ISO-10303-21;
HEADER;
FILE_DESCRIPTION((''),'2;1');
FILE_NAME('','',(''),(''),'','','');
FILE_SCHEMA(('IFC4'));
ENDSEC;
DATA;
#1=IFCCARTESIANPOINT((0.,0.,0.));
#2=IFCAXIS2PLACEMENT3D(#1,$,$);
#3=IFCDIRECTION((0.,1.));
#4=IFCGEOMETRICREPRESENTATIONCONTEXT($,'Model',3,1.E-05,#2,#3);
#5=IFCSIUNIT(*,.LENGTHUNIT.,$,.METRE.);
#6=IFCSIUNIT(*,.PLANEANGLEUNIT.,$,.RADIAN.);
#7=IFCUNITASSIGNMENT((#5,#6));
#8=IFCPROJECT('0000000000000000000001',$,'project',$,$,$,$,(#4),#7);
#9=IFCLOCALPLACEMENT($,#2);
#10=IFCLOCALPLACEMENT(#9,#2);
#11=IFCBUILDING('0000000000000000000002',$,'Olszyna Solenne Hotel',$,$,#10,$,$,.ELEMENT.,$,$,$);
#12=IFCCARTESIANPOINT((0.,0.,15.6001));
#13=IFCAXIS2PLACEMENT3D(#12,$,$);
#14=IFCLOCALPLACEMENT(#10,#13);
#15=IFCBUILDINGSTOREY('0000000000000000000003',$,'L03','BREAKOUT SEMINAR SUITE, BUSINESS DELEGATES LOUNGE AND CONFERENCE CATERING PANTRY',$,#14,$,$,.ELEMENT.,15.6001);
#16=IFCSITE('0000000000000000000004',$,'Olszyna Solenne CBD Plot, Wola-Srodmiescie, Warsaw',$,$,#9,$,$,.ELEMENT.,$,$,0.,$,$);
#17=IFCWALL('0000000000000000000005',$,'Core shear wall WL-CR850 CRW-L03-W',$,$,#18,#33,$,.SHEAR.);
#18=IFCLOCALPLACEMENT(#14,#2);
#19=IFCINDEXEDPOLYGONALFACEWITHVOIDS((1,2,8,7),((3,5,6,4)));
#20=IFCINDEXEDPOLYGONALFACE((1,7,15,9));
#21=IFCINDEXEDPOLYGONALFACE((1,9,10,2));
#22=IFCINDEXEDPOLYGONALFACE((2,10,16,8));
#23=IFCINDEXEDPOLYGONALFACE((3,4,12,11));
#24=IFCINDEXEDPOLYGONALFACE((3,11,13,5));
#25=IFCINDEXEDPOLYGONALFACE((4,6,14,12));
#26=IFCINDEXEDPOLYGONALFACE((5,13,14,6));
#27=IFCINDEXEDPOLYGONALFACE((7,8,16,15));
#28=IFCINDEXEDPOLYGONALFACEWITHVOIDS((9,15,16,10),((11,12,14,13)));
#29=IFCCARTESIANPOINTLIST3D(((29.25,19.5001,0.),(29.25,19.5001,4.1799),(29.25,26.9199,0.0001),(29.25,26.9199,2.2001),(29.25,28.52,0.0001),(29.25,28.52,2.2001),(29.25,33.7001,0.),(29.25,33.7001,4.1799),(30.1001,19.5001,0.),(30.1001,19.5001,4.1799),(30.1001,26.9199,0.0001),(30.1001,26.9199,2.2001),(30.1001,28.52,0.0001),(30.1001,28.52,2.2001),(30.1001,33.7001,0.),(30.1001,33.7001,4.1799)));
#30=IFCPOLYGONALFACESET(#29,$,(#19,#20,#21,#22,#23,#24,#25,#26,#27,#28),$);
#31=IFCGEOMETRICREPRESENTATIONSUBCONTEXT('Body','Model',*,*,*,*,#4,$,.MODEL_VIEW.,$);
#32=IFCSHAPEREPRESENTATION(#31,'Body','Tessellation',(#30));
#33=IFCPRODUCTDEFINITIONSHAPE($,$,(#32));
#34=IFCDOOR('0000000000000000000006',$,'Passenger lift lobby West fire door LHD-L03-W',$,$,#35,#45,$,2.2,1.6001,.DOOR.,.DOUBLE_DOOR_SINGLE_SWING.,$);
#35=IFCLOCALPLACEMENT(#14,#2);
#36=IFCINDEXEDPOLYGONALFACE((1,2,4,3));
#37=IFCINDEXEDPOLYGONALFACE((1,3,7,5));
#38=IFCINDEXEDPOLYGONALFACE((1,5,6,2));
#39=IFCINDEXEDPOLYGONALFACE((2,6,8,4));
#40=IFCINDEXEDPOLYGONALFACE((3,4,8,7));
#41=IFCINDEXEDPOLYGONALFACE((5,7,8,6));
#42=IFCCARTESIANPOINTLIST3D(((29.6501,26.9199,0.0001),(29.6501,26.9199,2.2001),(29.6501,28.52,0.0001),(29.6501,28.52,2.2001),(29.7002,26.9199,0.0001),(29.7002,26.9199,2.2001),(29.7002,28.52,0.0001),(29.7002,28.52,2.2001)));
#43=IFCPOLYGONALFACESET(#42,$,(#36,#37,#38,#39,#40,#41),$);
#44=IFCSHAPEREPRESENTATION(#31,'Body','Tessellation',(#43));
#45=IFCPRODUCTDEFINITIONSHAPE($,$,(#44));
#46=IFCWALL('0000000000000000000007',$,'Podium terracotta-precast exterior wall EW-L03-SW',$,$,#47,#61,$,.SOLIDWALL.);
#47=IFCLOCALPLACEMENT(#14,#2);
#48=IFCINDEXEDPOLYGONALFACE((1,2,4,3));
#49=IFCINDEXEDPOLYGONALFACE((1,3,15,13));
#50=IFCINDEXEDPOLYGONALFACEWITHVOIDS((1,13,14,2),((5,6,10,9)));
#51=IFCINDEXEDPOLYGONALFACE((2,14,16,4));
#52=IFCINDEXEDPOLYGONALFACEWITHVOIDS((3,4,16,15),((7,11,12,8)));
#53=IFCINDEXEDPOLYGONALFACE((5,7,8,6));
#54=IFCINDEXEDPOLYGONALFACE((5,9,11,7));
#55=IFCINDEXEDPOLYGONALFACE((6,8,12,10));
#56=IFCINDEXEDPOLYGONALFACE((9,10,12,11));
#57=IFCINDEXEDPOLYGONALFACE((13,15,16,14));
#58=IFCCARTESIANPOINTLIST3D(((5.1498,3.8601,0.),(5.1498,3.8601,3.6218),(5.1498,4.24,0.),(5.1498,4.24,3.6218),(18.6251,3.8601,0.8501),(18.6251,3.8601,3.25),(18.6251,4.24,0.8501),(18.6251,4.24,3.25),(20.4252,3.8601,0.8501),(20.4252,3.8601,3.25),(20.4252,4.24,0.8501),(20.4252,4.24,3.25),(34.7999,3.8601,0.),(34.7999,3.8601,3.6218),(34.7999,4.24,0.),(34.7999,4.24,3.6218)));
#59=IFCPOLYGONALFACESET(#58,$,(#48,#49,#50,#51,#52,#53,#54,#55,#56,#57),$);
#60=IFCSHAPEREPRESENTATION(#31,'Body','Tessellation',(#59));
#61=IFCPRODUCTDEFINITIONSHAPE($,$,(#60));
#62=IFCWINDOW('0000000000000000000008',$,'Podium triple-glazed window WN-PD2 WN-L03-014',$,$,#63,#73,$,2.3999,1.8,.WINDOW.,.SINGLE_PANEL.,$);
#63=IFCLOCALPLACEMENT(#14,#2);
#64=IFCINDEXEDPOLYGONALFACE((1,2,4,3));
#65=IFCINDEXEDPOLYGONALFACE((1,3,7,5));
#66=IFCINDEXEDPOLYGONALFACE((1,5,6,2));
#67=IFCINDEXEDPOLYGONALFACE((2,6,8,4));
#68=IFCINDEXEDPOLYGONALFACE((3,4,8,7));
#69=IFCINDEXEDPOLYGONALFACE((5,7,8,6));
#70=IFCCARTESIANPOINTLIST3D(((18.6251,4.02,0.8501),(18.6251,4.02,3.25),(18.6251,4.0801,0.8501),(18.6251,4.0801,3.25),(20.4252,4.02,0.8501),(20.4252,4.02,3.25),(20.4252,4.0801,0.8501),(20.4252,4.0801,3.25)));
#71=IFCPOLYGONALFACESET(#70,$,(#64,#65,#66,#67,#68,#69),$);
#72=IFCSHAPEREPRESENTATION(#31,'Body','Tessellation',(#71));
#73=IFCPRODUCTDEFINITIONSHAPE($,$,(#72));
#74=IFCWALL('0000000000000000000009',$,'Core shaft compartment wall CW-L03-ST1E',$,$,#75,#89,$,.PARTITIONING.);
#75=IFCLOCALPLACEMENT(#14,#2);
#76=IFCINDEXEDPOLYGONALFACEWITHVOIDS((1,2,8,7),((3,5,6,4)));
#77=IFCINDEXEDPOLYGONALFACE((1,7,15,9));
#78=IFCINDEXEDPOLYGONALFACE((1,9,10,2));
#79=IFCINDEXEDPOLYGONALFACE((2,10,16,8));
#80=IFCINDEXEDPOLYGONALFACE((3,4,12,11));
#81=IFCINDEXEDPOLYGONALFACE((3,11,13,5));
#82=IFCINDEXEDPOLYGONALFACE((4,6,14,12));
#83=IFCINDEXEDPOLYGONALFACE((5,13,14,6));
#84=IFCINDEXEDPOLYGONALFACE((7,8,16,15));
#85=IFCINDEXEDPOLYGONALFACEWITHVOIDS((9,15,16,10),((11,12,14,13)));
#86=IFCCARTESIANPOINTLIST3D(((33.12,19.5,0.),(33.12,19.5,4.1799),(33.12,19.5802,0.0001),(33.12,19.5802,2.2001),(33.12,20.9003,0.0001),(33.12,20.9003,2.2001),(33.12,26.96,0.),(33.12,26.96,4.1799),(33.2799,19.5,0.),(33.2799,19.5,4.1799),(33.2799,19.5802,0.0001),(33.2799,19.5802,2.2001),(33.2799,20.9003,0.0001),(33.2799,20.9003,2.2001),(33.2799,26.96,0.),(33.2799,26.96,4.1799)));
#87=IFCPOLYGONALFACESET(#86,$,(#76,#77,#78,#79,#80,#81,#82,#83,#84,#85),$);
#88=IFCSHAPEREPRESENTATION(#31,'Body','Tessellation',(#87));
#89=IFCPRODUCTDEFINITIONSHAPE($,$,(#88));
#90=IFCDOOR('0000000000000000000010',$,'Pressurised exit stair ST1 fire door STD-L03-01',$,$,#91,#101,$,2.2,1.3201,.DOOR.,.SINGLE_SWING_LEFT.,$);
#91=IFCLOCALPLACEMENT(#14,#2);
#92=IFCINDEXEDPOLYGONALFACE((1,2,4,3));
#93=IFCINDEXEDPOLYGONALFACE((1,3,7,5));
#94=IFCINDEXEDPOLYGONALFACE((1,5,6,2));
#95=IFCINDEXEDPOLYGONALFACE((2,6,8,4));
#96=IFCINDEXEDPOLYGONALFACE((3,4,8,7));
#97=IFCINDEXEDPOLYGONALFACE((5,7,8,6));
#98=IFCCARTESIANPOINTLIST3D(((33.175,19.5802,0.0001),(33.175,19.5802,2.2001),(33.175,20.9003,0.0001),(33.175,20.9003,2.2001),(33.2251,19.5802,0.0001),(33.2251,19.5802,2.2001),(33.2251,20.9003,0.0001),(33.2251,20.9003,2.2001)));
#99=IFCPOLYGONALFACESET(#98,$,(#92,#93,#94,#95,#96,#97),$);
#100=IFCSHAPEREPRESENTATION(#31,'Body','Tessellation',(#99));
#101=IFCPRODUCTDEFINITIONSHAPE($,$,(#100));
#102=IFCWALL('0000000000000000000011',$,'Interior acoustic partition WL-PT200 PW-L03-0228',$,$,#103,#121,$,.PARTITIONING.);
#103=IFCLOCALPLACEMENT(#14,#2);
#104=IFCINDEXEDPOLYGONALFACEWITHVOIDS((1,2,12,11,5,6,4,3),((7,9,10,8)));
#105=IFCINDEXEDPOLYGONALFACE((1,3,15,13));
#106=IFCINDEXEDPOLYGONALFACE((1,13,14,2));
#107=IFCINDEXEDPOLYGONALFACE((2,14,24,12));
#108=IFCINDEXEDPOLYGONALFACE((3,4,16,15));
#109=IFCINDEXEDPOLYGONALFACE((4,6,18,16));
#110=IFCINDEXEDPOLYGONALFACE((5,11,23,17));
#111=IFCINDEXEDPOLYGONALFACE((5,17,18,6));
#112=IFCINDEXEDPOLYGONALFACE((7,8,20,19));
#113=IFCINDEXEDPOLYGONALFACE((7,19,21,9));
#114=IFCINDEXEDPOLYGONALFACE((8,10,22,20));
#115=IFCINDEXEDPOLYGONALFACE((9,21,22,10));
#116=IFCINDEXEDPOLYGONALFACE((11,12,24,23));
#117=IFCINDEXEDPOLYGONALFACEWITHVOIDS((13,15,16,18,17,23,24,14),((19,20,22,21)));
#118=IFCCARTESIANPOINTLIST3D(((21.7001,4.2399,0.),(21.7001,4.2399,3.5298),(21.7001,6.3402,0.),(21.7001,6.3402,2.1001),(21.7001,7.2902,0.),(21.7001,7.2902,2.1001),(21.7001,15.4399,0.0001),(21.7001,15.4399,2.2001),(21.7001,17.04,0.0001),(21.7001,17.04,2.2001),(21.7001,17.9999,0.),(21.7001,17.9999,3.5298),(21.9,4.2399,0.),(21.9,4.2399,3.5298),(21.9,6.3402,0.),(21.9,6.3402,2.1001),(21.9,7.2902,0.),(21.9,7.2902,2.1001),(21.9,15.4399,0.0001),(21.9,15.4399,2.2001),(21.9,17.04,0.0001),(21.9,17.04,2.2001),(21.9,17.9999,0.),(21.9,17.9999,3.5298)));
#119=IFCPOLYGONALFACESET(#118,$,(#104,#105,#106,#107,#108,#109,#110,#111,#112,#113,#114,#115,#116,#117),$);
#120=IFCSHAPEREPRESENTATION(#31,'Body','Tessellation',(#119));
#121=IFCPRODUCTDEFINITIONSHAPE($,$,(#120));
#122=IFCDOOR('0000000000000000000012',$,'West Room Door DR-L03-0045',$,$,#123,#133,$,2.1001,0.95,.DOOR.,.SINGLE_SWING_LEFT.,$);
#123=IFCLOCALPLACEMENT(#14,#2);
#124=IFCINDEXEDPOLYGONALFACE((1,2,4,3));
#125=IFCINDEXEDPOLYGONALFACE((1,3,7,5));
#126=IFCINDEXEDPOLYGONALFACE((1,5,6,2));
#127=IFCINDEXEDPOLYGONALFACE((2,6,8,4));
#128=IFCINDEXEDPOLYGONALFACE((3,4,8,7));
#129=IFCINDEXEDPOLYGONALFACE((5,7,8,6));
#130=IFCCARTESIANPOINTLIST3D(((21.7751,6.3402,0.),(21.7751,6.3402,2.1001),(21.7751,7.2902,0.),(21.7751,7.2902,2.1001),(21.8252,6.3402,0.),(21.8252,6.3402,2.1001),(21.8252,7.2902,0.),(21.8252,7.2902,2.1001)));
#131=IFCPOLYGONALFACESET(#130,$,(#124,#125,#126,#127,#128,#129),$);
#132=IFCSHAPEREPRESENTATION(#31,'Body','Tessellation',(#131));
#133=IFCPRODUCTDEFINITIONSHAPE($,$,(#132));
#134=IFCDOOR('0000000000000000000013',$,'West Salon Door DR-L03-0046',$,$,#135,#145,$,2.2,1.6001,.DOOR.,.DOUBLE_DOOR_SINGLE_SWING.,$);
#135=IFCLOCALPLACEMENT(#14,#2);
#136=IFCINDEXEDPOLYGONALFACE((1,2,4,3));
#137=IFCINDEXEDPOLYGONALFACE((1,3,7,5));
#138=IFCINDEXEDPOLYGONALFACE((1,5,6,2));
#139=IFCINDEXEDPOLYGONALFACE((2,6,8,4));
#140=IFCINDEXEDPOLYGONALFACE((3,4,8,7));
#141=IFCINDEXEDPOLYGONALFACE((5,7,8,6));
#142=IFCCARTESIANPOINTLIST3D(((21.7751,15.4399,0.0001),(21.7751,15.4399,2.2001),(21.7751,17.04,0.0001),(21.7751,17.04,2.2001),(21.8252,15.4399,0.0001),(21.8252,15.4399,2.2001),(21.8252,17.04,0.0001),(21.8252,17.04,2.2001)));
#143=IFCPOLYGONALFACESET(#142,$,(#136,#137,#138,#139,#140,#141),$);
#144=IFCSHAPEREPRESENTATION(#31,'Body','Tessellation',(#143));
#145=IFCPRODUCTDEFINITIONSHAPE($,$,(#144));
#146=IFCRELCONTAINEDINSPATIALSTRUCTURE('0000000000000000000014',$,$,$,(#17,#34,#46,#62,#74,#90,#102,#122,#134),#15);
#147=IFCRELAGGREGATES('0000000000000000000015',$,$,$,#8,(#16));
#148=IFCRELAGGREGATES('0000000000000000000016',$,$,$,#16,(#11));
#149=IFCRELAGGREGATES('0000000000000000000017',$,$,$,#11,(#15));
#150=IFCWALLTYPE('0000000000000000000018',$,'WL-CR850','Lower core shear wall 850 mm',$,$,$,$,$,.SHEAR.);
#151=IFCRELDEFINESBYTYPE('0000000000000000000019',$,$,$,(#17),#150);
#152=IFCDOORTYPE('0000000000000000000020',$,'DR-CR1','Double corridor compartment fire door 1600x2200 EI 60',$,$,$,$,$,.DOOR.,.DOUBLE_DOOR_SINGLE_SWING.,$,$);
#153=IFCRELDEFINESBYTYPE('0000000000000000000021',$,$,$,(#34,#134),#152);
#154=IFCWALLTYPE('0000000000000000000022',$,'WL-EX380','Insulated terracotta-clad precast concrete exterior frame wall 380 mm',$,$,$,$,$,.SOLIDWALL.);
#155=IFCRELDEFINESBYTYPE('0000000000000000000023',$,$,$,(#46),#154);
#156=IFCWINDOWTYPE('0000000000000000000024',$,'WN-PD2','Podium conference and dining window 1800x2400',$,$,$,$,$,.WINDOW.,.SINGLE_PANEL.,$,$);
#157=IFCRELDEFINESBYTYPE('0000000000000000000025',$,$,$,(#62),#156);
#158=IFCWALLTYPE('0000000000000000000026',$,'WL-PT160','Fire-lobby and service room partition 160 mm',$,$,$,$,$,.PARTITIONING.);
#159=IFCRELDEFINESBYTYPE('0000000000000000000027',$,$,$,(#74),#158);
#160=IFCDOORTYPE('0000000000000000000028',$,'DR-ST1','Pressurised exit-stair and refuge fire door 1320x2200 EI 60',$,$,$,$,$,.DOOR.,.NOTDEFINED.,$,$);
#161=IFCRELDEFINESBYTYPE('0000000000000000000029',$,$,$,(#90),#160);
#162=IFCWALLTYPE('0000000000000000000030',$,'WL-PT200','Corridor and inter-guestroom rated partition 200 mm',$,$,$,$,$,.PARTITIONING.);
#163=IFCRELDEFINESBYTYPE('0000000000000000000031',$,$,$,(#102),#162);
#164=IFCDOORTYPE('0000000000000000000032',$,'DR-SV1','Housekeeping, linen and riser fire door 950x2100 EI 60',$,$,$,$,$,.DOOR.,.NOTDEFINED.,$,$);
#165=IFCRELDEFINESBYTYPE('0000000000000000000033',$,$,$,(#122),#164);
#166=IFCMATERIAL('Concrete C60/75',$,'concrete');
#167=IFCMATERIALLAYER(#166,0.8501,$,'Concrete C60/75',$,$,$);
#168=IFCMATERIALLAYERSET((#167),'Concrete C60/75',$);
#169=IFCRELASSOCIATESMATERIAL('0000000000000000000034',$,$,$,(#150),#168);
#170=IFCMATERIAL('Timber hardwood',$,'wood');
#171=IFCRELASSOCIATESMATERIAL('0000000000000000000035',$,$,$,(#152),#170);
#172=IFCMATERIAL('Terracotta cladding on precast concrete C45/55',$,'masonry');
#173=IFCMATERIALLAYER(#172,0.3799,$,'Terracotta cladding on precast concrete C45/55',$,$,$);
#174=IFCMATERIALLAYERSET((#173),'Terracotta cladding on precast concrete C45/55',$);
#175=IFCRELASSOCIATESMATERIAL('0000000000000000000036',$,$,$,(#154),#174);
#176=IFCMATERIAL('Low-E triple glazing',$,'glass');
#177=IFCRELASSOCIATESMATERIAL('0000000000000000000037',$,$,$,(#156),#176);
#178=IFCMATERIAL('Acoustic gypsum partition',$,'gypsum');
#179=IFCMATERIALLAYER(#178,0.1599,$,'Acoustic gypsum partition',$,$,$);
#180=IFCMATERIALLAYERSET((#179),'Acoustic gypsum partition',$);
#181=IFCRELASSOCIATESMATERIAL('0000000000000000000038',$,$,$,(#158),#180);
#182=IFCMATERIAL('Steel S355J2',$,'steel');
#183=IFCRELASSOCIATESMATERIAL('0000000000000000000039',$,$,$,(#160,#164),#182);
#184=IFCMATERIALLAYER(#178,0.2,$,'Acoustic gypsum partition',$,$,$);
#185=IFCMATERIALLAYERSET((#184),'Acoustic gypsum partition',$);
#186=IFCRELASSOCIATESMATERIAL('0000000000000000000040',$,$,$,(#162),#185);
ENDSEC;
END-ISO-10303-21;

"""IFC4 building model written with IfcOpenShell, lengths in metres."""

from ifc_helpers import new_model, si_unit, direction, frame, frame_2d, origin, place, context, subcontext, project, spatial, rectangle, extrude, source, transform, mapped, material, layer, layer_set, type_object, type_shapes, element, fill, save


model = new_model("IFC4")

# Units and contexts
model_context = context("Model", 3, precision=1e-05, world=origin(), true_north=direction((0.0, 1.0)))
body_context = subcontext(model_context, "Body", "Model", "MODEL_VIEW")
ifc_project = project(units=[si_unit("LENGTHUNIT", "METRE"), si_unit("PLANEANGLEUNIT", "RADIAN")], contexts=[model_context])

# Site, building, storey
site_placement = place(None, origin())
site = spatial("IfcSite", under=ifc_project, at=site_placement, Name="Olszyna Solenne CBD Plot, Wola-Srodmiescie, Warsaw", CompositionType="ELEMENT", RefElevation=0.0)
building_placement = place(site_placement, origin())
building = spatial("IfcBuilding", under=site, at=building_placement, Name="Olszyna Solenne Hotel", CompositionType="ELEMENT")
storey_placement = place(building_placement, frame((0.0, 0.0, 15.6001)))
storey = spatial("IfcBuildingStorey", under=building, at=storey_placement, Name="L03", Description="BREAKOUT SEMINAR SUITE, BUSINESS DELEGATES LOUNGE AND CONFERENCE CATERING PANTRY", CompositionType="ELEMENT", Elevation=15.6001)

# Shared definitions
ifc_material_1 = material(Name="Concrete C60/75", Category="concrete")

# Shared definitions
ifc_material_2 = material(Name="Steel S355J2", Category="steel")

# Wall, opening, door
ifc_layer_1 = layer(ifc_material_1, 0.8501, Name="Concrete C60/75")
ifc_layer_set_1 = layer_set([ifc_layer_1], Name="Concrete C60/75")
wall_type_1 = type_object("IfcWallType", Name="WL-CR850", Description="Lower core shear wall 850 mm", PredefinedType="SHEAR", material=ifc_layer_set_1)
wall_1_placement = place(storey_placement, frame((29.675, 19.5, 0.0), z_axis=(0.0, 0.0, 1.0), x_axis=(0.0, 1.0, 0.0)))
wall_1 = element("IfcWall", 1, at=wall_1_placement, inside=storey, type_object=wall_type_1, Name="Core shear wall WL-CR850 CRW-L03-W", PredefinedType="SHEAR", context=body_context, shape_type="SweptSolid", body=[
    extrude(rectangle(XDim=14.2, YDim=0.8501, at=frame_2d((7.1001, 0.0))), origin(), (0.0, 0.0, 1.0), 4.1799),
])
opening_1_placement = place(wall_1_placement, frame((7.4199, 0.0, 0.0)))
opening_1 = element("IfcOpeningElement", 2, at=opening_1_placement, cuts=wall_1, PredefinedType="OPENING", context=body_context, shape_type="SweptSolid", body=[
    extrude(rectangle(XDim=1.6001, YDim=2.2, at=frame_2d((0.8, 1.1001))), frame((0.0, 0.4351, 0.0), z_axis=(0.0, -1.0, 0.0), x_axis=(1.0, 0.0, 0.0)), (0.0, 0.0, 1.0), 0.8701),
])
ifc_material_3 = material(Name="Timber hardwood", Category="wood")
door_type_1 = type_object("IfcDoorType", Name="DR-CR1", Description="Double corridor compartment fire door 1600x2200 EI 60", OperationType="DOUBLE_DOOR_SINGLE_SWING", PredefinedType="DOOR", material=ifc_material_3)
shared_shape_1 = source(origin(), body_context, "Body", "SweptSolid", [
    extrude(rectangle(XDim=1.6001, YDim=2.2, at=frame_2d((0.8, 1.1001))), frame((0.0, 0.0249, 0.0), z_axis=(0.0, -1.0, 0.0), x_axis=(1.0, 0.0, 0.0)), (0.0, 0.0, 1.0), 0.05),
])
type_shapes(door_type_1, [shared_shape_1])
door_1_placement = place(opening_1_placement, origin())
door_1 = element("IfcDoor", 3, at=door_1_placement, inside=storey, type_object=door_type_1, Name="Passenger lift lobby West fire door LHD-L03-W", OperationType="DOUBLE_DOOR_SINGLE_SWING", OverallHeight=2.2, OverallWidth=1.6001, PredefinedType="DOOR", context=body_context, shape_type="MappedRepresentation", body=[
    mapped(shared_shape_1, transform((0.0, 0.0, 0.0), x_axis=(1.0, 0.0, 0.0), y_axis=(0.0, 1.0, 0.0), z_axis=(0.0, 0.0, 1.0), scale=1.0)),
])
fill(opening_1, door_1)

# Wall, opening, window
ifc_material_4 = material(Name="Terracotta cladding on precast concrete C45/55", Category="masonry")
ifc_layer_2 = layer(ifc_material_4, 0.3799, Name="Terracotta cladding on precast concrete C45/55")
ifc_layer_set_2 = layer_set([ifc_layer_2], Name="Terracotta cladding on precast concrete C45/55")
wall_type_2 = type_object("IfcWallType", Name="WL-EX380", Description="Insulated terracotta-clad precast concrete exterior frame wall 380 mm", PredefinedType="SOLIDWALL", material=ifc_layer_set_2)
wall_2_placement = place(storey_placement, frame((34.8, 4.05, 0.0), z_axis=(0.0, 0.0, 1.0), x_axis=(-1.0, 0.0, 0.0)))
wall_2 = element("IfcWall", 4, at=wall_2_placement, inside=storey, type_object=wall_type_2, Name="Podium terracotta-precast exterior wall EW-L03-SW", PredefinedType="SOLIDWALL", context=body_context, shape_type="SweptSolid", body=[
    extrude(rectangle(XDim=29.6501, YDim=0.3799, at=frame_2d((14.8252, 0.0))), origin(), (0.0, 0.0, 1.0), 3.6218),
])
opening_2_placement = place(wall_2_placement, frame((14.375, 0.0, 0.8501)))
opening_2 = element("IfcOpeningElement", 5, at=opening_2_placement, cuts=wall_2, PredefinedType="OPENING", context=body_context, shape_type="SweptSolid", body=[
    extrude(rectangle(XDim=1.8, YDim=2.3999, at=frame_2d((0.8999, 1.2))), frame((0.0, 0.2, 0.0), z_axis=(0.0, -1.0, 0.0), x_axis=(1.0, 0.0, 0.0)), (0.0, 0.0, 1.0), 0.3999),
])
ifc_material_5 = material(Name="Low-E triple glazing", Category="glass")
window_type = type_object("IfcWindowType", Name="WN-PD2", Description="Podium conference and dining window 1800x2400", PartitioningType="SINGLE_PANEL", PredefinedType="WINDOW", material=ifc_material_5)
shared_shape_2 = source(origin(), body_context, "Body", "SweptSolid", [
    extrude(rectangle(XDim=1.8, YDim=2.3999, at=frame_2d((0.8999, 1.2))), frame((0.0, 0.03, 0.0), z_axis=(0.0, -1.0, 0.0), x_axis=(1.0, 0.0, 0.0)), (0.0, 0.0, 1.0), 0.0601),
])
type_shapes(window_type, [shared_shape_2])
window_placement = place(opening_2_placement, origin())
window = element("IfcWindow", 6, at=window_placement, inside=storey, type_object=window_type, Name="Podium triple-glazed window WN-PD2 WN-L03-014", OverallHeight=2.3999, OverallWidth=1.8, PartitioningType="SINGLE_PANEL", PredefinedType="WINDOW", context=body_context, shape_type="MappedRepresentation", body=[
    mapped(shared_shape_2, transform((0.0, 0.0, 0.0), x_axis=(1.0, 0.0, 0.0), y_axis=(0.0, 1.0, 0.0), z_axis=(0.0, 0.0, 1.0), scale=1.0)),
])
fill(opening_2, window)

# Wall, opening, door
ifc_material_6 = material(Name="Acoustic gypsum partition", Category="gypsum")
ifc_layer_3 = layer(ifc_material_6, 0.1599, Name="Acoustic gypsum partition")
ifc_layer_set_3 = layer_set([ifc_layer_3], Name="Acoustic gypsum partition")
wall_type_3 = type_object("IfcWallType", Name="WL-PT160", Description="Fire-lobby and service room partition 160 mm", PredefinedType="PARTITIONING", material=ifc_layer_set_3)
wall_3_placement = place(storey_placement, frame((33.2, 19.5, 0.0), z_axis=(0.0, 0.0, 1.0), x_axis=(0.0, 1.0, 0.0)))
wall_3 = element("IfcWall", 7, at=wall_3_placement, inside=storey, type_object=wall_type_3, Name="Core shaft compartment wall CW-L03-ST1E", PredefinedType="PARTITIONING", context=body_context, shape_type="SweptSolid", body=[
    extrude(rectangle(XDim=7.46, YDim=0.1599, at=frame_2d((3.73, 0.0))), origin(), (0.0, 0.0, 1.0), 4.1799),
])
opening_3_placement = place(wall_3_placement, frame((0.0801, 0.0, 0.0)))
opening_3 = element("IfcOpeningElement", 8, at=opening_3_placement, cuts=wall_3, PredefinedType="OPENING", context=body_context, shape_type="SweptSolid", body=[
    extrude(rectangle(XDim=1.3201, YDim=2.2, at=frame_2d((0.6602, 1.1001))), frame((0.0, 0.0898, 0.0), z_axis=(0.0, -1.0, 0.0), x_axis=(1.0, 0.0, 0.0)), (0.0, 0.0, 1.0), 0.1799),
])
door_type_2 = type_object("IfcDoorType", Name="DR-ST1", Description="Pressurised exit-stair and refuge fire door 1320x2200 EI 60", OperationType="NOTDEFINED", PredefinedType="DOOR", material=ifc_material_2)
shared_shape_3 = source(origin(), body_context, "Body", "SweptSolid", [
    extrude(rectangle(XDim=1.3201, YDim=2.2, at=frame_2d((0.6602, 1.1001))), frame((0.0, 0.0249, 0.0), z_axis=(0.0, -1.0, 0.0), x_axis=(1.0, 0.0, 0.0)), (0.0, 0.0, 1.0), 0.05),
])
type_shapes(door_type_2, [shared_shape_3])
door_2_placement = place(opening_3_placement, origin())
door_2 = element("IfcDoor", 9, at=door_2_placement, inside=storey, type_object=door_type_2, Name="Pressurised exit stair ST1 fire door STD-L03-01", OperationType="SINGLE_SWING_LEFT", OverallHeight=2.2, OverallWidth=1.3201, PredefinedType="DOOR", context=body_context, shape_type="MappedRepresentation", body=[
    mapped(shared_shape_3, transform((0.0, 0.0, 0.0), x_axis=(1.0, 0.0, 0.0), y_axis=(0.0, 1.0, 0.0), z_axis=(0.0, 0.0, 1.0), scale=1.0)),
])
fill(opening_3, door_2)

# Wall, openings, doors
ifc_layer_4 = layer(ifc_material_6, 0.2, Name="Acoustic gypsum partition")
ifc_layer_set_4 = layer_set([ifc_layer_4], Name="Acoustic gypsum partition")
wall_type_4 = type_object("IfcWallType", Name="WL-PT200", Description="Corridor and inter-guestroom rated partition 200 mm", PredefinedType="PARTITIONING", material=ifc_layer_set_4)
wall_4_placement = place(storey_placement, frame((21.8, 4.24, 0.0), z_axis=(0.0, 0.0, 1.0), x_axis=(0.0, 1.0, 0.0)))
wall_4 = element("IfcWall", 10, at=wall_4_placement, inside=storey, type_object=wall_type_4, Name="Interior acoustic partition WL-PT200 PW-L03-0228", PredefinedType="PARTITIONING", context=body_context, shape_type="SweptSolid", body=[
    extrude(rectangle(XDim=13.76, YDim=0.2, at=frame_2d((6.8799, 0.0))), origin(), (0.0, 0.0, 1.0), 3.5298),
])
opening_4_placement = place(wall_4_placement, frame((2.1001, 0.0, 0.0)))
opening_4 = element("IfcOpeningElement", 11, at=opening_4_placement, cuts=wall_4, PredefinedType="OPENING", context=body_context, shape_type="SweptSolid", body=[
    extrude(rectangle(XDim=0.95, YDim=2.1001, at=frame_2d((0.4751, 1.05))), frame((0.0, 0.1099, 0.0), z_axis=(0.0, -1.0, 0.0), x_axis=(1.0, 0.0, 0.0)), (0.0, 0.0, 1.0), 0.22),
])
opening_5_placement = place(wall_4_placement, frame((11.2, 0.0, 0.0)))
opening_5 = element("IfcOpeningElement", 12, at=opening_5_placement, cuts=wall_4, PredefinedType="OPENING", context=body_context, shape_type="SweptSolid", body=[
    extrude(rectangle(XDim=1.6001, YDim=2.2, at=frame_2d((0.8, 1.1001))), frame((0.0, 0.1099, 0.0), z_axis=(0.0, -1.0, 0.0), x_axis=(1.0, 0.0, 0.0)), (0.0, 0.0, 1.0), 0.22),
])
door_type_3 = type_object("IfcDoorType", Name="DR-SV1", Description="Housekeeping, linen and riser fire door 950x2100 EI 60", OperationType="NOTDEFINED", PredefinedType="DOOR", material=ifc_material_2)
shared_shape_4 = source(origin(), body_context, "Body", "SweptSolid", [
    extrude(rectangle(XDim=0.95, YDim=2.1001, at=frame_2d((0.4751, 1.05))), frame((0.0, 0.0249, 0.0), z_axis=(0.0, -1.0, 0.0), x_axis=(1.0, 0.0, 0.0)), (0.0, 0.0, 1.0), 0.05),
])
type_shapes(door_type_3, [shared_shape_4])
door_3_placement = place(opening_4_placement, origin())
door_3 = element("IfcDoor", 13, at=door_3_placement, inside=storey, type_object=door_type_3, Name="West Room Door DR-L03-0045", OperationType="SINGLE_SWING_LEFT", OverallHeight=2.1001, OverallWidth=0.95, PredefinedType="DOOR", context=body_context, shape_type="MappedRepresentation", body=[
    mapped(shared_shape_4, transform((0.0, 0.0, 0.0), x_axis=(1.0, 0.0, 0.0), y_axis=(0.0, 1.0, 0.0), z_axis=(0.0, 0.0, 1.0), scale=1.0)),
])
fill(opening_4, door_3)
door_4_placement = place(opening_5_placement, origin())
door_4 = element("IfcDoor", 14, at=door_4_placement, inside=storey, type_object=door_type_1, Name="West Salon Door DR-L03-0046", OperationType="DOUBLE_DOOR_SINGLE_SWING", OverallHeight=2.2, OverallWidth=1.6001, PredefinedType="DOOR", context=body_context, shape_type="MappedRepresentation", body=[
    mapped(shared_shape_1, transform((0.0, 0.0, 0.0), x_axis=(1.0, 0.0, 0.0), y_axis=(0.0, 1.0, 0.0), z_axis=(0.0, 0.0, 1.0), scale=1.0)),
])
fill(opening_5, door_4)

save(model, "model.ifc")
